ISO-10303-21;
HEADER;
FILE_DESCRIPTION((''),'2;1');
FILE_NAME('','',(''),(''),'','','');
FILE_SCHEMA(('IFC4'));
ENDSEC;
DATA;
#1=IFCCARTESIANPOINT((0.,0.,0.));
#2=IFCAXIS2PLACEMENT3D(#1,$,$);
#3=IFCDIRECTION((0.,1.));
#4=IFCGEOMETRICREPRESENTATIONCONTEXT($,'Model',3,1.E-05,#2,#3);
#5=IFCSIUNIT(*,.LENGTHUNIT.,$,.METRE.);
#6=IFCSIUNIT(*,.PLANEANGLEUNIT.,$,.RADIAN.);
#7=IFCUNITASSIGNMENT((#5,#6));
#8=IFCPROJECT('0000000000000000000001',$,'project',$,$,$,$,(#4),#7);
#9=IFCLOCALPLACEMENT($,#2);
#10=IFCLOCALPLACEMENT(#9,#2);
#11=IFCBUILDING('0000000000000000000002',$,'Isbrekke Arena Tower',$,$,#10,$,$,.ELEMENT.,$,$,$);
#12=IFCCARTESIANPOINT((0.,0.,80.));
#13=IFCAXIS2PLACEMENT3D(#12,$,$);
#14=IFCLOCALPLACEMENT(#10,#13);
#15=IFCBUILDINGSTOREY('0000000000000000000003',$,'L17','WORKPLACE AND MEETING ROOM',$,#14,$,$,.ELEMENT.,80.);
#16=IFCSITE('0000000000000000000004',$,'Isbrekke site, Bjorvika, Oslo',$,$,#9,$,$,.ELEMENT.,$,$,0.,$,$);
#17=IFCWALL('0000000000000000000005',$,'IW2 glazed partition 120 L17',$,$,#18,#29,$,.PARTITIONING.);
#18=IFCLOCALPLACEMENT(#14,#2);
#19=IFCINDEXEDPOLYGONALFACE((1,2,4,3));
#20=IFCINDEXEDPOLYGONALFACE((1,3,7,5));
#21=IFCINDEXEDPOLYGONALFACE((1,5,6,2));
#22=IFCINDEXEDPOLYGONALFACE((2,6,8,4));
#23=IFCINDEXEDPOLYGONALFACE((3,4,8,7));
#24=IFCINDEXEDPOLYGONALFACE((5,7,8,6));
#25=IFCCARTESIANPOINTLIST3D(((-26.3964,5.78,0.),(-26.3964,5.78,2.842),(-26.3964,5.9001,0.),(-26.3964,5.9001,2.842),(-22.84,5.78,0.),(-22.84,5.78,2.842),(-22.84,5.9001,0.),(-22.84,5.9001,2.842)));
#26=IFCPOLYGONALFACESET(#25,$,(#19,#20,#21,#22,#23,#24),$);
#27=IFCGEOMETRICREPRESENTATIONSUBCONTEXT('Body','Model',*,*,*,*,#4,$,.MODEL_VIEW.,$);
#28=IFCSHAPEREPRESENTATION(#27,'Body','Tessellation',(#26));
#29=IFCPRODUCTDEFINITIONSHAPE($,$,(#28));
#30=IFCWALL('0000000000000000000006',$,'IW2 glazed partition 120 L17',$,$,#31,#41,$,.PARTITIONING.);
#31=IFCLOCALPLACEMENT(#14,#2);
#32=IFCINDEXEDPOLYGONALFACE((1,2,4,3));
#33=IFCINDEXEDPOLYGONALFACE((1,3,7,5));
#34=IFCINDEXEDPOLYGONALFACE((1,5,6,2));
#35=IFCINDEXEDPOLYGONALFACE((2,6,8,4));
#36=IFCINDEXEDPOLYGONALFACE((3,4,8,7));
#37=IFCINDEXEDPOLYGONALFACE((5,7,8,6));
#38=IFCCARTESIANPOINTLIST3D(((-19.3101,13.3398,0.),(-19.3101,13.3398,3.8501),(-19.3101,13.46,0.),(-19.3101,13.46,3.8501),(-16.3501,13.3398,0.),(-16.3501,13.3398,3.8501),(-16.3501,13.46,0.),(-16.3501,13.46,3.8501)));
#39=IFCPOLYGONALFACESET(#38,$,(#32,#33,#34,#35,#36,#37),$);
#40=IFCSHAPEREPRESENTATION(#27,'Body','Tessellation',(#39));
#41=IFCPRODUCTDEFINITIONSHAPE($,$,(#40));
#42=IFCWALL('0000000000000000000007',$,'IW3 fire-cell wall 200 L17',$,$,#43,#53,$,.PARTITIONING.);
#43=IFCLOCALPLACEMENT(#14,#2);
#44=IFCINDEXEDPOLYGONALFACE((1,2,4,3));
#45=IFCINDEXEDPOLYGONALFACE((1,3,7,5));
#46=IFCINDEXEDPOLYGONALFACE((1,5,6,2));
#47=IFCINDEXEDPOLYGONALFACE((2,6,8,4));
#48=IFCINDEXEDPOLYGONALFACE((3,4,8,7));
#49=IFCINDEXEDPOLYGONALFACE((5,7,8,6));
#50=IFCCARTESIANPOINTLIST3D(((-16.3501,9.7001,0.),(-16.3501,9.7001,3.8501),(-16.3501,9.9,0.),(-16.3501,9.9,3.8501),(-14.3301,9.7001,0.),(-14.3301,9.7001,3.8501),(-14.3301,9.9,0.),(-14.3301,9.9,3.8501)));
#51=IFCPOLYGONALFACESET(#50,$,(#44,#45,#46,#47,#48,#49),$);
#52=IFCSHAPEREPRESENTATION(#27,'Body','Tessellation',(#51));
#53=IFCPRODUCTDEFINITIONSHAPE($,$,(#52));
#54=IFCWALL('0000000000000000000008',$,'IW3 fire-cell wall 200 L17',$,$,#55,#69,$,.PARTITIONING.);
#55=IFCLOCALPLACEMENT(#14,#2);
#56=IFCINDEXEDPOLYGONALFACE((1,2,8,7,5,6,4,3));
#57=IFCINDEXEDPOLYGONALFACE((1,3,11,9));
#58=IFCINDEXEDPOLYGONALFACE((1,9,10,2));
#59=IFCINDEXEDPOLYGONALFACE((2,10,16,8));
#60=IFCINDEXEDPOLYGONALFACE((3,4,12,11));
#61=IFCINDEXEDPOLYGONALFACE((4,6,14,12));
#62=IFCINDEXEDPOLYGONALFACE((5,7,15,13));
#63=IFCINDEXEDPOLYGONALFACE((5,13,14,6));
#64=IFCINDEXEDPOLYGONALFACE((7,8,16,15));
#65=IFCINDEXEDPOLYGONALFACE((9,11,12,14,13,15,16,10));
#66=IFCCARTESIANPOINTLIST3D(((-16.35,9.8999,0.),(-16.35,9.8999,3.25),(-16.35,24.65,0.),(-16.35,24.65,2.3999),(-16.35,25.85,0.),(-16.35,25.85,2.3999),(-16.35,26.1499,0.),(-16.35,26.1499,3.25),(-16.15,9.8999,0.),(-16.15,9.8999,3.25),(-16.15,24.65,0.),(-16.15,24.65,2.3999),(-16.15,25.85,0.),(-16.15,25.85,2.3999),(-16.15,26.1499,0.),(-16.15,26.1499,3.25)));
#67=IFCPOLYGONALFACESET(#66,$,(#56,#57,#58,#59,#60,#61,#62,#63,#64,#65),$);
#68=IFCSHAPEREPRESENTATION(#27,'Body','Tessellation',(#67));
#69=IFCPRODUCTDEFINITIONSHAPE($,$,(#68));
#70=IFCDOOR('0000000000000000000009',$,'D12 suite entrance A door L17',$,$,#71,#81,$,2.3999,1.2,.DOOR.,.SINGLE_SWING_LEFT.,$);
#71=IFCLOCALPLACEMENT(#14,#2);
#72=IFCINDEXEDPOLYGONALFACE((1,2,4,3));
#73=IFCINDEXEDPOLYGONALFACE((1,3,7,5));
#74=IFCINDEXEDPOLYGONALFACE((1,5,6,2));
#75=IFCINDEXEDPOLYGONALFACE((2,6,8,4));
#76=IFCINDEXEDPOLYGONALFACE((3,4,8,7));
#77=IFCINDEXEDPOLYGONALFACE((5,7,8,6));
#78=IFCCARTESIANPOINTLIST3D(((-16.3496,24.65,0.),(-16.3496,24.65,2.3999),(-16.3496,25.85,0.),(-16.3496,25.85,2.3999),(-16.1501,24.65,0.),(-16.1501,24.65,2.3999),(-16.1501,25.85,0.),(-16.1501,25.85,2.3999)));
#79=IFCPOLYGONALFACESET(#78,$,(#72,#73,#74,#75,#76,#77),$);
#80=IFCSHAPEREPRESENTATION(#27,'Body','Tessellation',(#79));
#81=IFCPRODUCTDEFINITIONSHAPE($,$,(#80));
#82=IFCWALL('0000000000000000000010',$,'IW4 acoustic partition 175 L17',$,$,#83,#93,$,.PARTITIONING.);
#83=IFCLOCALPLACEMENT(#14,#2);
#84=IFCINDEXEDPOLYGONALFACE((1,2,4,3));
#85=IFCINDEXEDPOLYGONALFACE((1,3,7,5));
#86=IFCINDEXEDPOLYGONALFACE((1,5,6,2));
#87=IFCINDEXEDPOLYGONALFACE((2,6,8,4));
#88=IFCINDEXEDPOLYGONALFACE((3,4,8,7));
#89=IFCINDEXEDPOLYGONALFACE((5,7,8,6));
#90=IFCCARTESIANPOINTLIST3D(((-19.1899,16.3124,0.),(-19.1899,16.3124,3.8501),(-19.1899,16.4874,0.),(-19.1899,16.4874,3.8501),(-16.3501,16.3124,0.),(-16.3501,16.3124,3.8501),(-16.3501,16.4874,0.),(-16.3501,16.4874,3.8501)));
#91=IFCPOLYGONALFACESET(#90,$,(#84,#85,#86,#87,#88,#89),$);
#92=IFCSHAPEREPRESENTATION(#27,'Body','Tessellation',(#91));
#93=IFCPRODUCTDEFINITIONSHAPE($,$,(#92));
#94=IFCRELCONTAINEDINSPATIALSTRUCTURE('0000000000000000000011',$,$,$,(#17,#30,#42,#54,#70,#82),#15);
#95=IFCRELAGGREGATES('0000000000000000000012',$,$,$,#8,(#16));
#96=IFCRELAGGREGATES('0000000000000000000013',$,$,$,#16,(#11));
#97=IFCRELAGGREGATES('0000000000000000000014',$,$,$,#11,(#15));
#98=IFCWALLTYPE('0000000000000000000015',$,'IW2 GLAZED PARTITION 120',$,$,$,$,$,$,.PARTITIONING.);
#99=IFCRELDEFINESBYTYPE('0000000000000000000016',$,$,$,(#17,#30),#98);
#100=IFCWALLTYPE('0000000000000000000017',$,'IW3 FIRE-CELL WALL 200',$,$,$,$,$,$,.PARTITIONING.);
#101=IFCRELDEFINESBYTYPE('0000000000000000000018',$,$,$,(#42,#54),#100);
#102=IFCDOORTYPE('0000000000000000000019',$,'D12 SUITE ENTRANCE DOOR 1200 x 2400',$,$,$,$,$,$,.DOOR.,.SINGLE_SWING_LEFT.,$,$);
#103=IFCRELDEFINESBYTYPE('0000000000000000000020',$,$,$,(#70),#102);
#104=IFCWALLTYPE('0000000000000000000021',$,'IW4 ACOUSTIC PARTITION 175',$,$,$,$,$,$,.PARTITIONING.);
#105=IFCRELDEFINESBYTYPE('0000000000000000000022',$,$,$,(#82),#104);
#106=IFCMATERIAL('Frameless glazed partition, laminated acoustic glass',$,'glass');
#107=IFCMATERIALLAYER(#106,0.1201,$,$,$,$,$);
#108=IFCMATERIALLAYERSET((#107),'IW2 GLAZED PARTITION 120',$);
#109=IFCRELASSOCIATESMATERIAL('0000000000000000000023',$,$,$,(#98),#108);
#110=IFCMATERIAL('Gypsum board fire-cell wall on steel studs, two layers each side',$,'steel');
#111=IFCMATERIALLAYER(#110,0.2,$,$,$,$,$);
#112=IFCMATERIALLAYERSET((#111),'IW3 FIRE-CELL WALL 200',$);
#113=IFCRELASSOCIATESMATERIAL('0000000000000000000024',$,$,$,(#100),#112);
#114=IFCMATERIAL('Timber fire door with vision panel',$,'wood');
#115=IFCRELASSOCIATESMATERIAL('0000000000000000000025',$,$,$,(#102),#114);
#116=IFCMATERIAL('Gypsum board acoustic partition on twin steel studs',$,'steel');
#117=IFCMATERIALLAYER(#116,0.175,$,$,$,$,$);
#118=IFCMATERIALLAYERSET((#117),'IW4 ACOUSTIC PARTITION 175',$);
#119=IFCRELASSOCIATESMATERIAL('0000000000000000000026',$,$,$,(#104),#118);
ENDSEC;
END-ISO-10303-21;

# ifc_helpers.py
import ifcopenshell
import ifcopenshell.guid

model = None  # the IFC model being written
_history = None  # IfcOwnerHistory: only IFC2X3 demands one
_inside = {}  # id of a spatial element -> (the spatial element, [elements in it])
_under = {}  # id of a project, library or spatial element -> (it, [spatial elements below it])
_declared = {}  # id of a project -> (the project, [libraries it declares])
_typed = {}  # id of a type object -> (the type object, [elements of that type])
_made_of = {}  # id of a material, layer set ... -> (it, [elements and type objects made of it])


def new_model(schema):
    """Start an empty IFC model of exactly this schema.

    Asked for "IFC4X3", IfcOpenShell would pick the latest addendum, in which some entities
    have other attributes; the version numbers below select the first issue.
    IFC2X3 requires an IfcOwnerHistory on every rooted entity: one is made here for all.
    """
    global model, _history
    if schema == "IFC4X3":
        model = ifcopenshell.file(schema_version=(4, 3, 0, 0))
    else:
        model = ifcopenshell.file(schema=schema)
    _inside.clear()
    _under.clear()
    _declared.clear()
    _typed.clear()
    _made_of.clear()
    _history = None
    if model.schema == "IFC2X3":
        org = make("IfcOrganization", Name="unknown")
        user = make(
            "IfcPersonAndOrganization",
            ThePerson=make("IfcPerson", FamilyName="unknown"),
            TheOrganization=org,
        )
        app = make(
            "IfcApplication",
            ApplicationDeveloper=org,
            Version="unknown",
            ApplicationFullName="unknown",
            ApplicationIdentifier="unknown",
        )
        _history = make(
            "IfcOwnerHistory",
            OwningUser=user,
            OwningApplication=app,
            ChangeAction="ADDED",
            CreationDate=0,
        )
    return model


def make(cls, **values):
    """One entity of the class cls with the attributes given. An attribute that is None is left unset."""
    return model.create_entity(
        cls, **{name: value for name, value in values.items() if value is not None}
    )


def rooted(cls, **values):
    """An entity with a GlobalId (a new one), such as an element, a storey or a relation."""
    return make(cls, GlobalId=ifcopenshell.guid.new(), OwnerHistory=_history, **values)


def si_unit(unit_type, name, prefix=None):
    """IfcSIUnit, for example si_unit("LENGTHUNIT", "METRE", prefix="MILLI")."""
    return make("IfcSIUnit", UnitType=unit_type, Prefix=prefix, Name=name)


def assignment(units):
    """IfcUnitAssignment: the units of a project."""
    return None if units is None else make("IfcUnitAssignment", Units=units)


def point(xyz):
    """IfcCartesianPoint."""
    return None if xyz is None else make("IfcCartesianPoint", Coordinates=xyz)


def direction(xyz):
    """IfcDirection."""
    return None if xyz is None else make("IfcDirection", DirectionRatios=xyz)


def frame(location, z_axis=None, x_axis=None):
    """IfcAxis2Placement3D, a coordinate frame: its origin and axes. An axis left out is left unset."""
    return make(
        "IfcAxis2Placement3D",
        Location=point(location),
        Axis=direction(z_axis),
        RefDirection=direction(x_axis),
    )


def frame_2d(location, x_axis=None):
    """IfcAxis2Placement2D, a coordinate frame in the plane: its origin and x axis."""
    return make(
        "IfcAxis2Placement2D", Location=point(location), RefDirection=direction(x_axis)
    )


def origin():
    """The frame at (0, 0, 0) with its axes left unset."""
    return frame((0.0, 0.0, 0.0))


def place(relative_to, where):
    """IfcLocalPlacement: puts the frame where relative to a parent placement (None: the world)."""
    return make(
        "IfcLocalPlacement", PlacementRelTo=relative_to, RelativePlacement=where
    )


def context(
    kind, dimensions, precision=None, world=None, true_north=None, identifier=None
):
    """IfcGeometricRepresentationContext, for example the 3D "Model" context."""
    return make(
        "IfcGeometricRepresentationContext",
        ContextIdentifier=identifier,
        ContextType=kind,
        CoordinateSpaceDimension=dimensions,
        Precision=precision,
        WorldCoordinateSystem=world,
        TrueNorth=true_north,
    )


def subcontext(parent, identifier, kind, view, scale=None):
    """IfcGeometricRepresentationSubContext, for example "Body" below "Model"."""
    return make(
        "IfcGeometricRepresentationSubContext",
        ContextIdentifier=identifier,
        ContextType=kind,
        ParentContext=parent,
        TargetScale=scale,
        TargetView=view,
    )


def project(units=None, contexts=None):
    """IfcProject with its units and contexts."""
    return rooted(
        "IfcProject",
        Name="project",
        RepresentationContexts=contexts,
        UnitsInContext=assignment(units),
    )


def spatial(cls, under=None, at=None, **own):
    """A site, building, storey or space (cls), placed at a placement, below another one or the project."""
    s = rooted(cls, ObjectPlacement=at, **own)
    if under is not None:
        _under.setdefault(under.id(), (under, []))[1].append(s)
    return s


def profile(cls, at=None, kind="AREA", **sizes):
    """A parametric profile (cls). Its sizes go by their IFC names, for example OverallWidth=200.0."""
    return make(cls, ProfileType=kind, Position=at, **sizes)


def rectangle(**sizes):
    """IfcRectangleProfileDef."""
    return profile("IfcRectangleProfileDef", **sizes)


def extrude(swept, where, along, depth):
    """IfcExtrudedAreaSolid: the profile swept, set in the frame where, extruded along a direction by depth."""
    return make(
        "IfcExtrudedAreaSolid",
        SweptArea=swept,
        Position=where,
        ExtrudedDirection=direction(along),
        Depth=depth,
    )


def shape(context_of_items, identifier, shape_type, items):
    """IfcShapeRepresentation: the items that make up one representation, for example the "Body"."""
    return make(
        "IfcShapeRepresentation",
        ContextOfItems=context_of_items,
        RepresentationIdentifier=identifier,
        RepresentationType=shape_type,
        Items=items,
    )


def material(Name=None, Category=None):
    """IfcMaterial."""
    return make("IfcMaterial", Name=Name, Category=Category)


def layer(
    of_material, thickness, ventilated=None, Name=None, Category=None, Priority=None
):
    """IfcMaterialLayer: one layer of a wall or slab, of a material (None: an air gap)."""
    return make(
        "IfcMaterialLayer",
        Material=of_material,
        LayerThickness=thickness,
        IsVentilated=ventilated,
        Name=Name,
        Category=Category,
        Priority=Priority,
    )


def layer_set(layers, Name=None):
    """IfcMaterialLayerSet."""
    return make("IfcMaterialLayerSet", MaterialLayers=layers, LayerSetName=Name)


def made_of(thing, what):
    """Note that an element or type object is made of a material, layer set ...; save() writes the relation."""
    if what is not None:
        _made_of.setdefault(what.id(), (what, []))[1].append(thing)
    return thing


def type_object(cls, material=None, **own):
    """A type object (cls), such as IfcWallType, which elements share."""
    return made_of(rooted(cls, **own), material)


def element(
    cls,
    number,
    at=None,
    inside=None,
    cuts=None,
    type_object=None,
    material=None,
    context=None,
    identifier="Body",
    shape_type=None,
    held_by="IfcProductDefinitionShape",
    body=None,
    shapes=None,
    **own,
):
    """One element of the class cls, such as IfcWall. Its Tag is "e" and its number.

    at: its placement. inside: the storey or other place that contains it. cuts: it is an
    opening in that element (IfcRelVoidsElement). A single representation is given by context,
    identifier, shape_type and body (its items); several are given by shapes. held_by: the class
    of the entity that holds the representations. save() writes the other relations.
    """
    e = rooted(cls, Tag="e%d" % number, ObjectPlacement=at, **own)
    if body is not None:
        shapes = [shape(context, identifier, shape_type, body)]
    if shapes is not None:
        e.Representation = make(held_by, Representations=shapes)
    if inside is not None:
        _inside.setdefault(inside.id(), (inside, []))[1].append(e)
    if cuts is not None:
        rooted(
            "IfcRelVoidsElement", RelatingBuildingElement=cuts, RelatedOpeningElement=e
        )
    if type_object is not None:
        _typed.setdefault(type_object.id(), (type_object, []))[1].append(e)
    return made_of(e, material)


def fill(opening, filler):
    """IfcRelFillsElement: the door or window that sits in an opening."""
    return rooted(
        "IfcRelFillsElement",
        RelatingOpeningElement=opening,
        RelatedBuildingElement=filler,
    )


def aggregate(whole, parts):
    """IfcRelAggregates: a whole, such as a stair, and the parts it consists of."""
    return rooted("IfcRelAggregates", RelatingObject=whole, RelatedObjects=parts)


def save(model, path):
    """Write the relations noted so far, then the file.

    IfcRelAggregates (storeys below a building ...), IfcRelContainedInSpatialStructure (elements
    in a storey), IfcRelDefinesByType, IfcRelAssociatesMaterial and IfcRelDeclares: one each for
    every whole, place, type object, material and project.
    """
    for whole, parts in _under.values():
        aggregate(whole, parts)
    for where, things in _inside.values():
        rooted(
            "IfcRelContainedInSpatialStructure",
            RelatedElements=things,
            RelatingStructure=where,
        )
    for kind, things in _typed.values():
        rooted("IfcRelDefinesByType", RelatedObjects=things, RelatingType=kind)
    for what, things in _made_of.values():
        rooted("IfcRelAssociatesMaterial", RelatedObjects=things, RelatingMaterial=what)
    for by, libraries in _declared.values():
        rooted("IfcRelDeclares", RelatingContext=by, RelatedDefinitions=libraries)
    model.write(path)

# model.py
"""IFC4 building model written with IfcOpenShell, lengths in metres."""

from ifc_helpers import new_model, si_unit, direction, frame, frame_2d, origin, place, context, subcontext, project, spatial, rectangle, extrude, material, layer, layer_set, type_object, element, fill, save


model = new_model("IFC4")

# Units and contexts
model_context = context("Model", 3, precision=1e-05, world=origin(), true_north=direction((0.0, 1.0)))
body_context = subcontext(model_context, "Body", "Model", "MODEL_VIEW")
ifc_project = project(units=[si_unit("LENGTHUNIT", "METRE"), si_unit("PLANEANGLEUNIT", "RADIAN")], contexts=[model_context])

# Site, building, storey
site_placement = place(None, origin())
site = spatial("IfcSite", under=ifc_project, at=site_placement, Name="Isbrekke site, Bjorvika, Oslo", CompositionType="ELEMENT", RefElevation=0.0)
building_placement = place(site_placement, origin())
building = spatial("IfcBuilding", under=site, at=building_placement, Name="Isbrekke Arena Tower", CompositionType="ELEMENT")
storey_placement = place(building_placement, frame((0.0, 0.0, 80.0)))
storey = spatial("IfcBuildingStorey", under=building, at=storey_placement, Name="L17", Description="WORKPLACE AND MEETING ROOM", CompositionType="ELEMENT", Elevation=80.0)

# Walls
ifc_material_1 = material(Name="Frameless glazed partition, laminated acoustic glass", Category="glass")
ifc_layer_1 = layer(ifc_material_1, 0.1201)
ifc_layer_set_1 = layer_set([ifc_layer_1], Name="IW2 GLAZED PARTITION 120")
wall_type_1 = type_object("IfcWallType", Name="IW2 GLAZED PARTITION 120", PredefinedType="PARTITIONING", material=ifc_layer_set_1)
wall_1_placement = place(storey_placement, frame((-26.3965, 5.8401, 0.0), z_axis=(0.0, 0.0, 1.0), x_axis=(1.0, 0.0, 0.0)))
element("IfcWall", 1, at=wall_1_placement, inside=storey, type_object=wall_type_1, Name="IW2 glazed partition 120 L17", PredefinedType="PARTITIONING", context=body_context, shape_type="SweptSolid", body=[
    extrude(rectangle(XDim=3.5564, YDim=0.1201, at=frame_2d((1.7783, 0.0))), origin(), (0.0, 0.0, 1.0), 2.842),
])
wall_2_placement = place(storey_placement, frame((-19.3101, 13.3999, 0.0), z_axis=(0.0, 0.0, 1.0), x_axis=(1.0, 0.0, 0.0)))
element("IfcWall", 2, at=wall_2_placement, inside=storey, type_object=wall_type_1, Name="IW2 glazed partition 120 L17", PredefinedType="PARTITIONING", context=body_context, shape_type="SweptSolid", body=[
    extrude(rectangle(XDim=2.96, YDim=0.1201, at=frame_2d((1.48, 0.0))), origin(), (0.0, 0.0, 1.0), 3.8501),
])

# Wall
ifc_material_2 = material(Name="Gypsum board fire-cell wall on steel studs, two layers each side", Category="steel")
ifc_layer_2 = layer(ifc_material_2, 0.2)
ifc_layer_set_2 = layer_set([ifc_layer_2], Name="IW3 FIRE-CELL WALL 200")
wall_type_2 = type_object("IfcWallType", Name="IW3 FIRE-CELL WALL 200", PredefinedType="PARTITIONING", material=ifc_layer_set_2)
wall_3_placement = place(storey_placement, frame((-16.3501, 9.8, 0.0), z_axis=(0.0, 0.0, 1.0), x_axis=(1.0, 0.0, 0.0)))
element("IfcWall", 3, at=wall_3_placement, inside=storey, type_object=wall_type_2, Name="IW3 fire-cell wall 200 L17", PredefinedType="PARTITIONING", context=body_context, shape_type="SweptSolid", body=[
    extrude(rectangle(XDim=2.02, YDim=0.2, at=frame_2d((1.01, 0.0))), origin(), (0.0, 0.0, 1.0), 3.8501),
])

# Wall, opening, door
wall_4_placement = place(storey_placement, frame((-16.25, 9.8999, 0.0), z_axis=(0.0, 0.0, 1.0), x_axis=(0.0, 1.0, 0.0)))
wall_4 = element("IfcWall", 4, at=wall_4_placement, inside=storey, type_object=wall_type_2, Name="IW3 fire-cell wall 200 L17", PredefinedType="PARTITIONING", context=body_context, shape_type="SweptSolid", body=[
    extrude(rectangle(XDim=16.25, YDim=0.2, at=frame_2d((8.125, 0.0))), origin(), (0.0, 0.0, 1.0), 3.25),
])
opening_1_placement = place(wall_4_placement, frame((14.75, 0.0, 0.0)))
opening_1 = element("IfcOpeningElement", 5, at=opening_1_placement, cuts=wall_4, PredefinedType="OPENING", context=body_context, shape_type="SweptSolid", body=[
    extrude(rectangle(XDim=1.2, YDim=2.3999, at=frame_2d((0.6001, 1.2))), frame((0.0, 0.1147, 0.0), z_axis=(0.0, -1.0, 0.0), x_axis=(1.0, 0.0, 0.0)), (0.0, 0.0, 1.0), 0.2297),
])
ifc_material_3 = material(Name="Timber fire door with vision panel", Category="wood")
door_type_1 = type_object("IfcDoorType", Name="D12 SUITE ENTRANCE DOOR 1200 x 2400", OperationType="SINGLE_SWING_LEFT", PredefinedType="DOOR", material=ifc_material_3)
door_1_placement = place(opening_1_placement, origin())
door_1 = element("IfcDoor", 6, at=door_1_placement, inside=storey, type_object=door_type_1, Name="D12 suite entrance A door L17", OperationType="SINGLE_SWING_LEFT", OverallHeight=2.3999, OverallWidth=1.2, PredefinedType="DOOR", context=body_context, shape_type="SweptSolid", body=[
    extrude(rectangle(XDim=1.2, YDim=2.3999, at=frame_2d((0.6001, 1.2))), frame((0.0, 0.0996, 0.0), z_axis=(0.0, -1.0, 0.0), x_axis=(1.0, 0.0, 0.0)), (0.0, 0.0, 1.0), 0.1995),
])
fill(opening_1, door_1)

# Wall
ifc_material_4 = material(Name="Gypsum board acoustic partition on twin steel studs", Category="steel")
ifc_layer_3 = layer(ifc_material_4, 0.175)
ifc_layer_set_3 = layer_set([ifc_layer_3], Name="IW4 ACOUSTIC PARTITION 175")
wall_type_3 = type_object("IfcWallType", Name="IW4 ACOUSTIC PARTITION 175", PredefinedType="PARTITIONING", material=ifc_layer_set_3)
wall_5_placement = place(storey_placement, frame((-19.1899, 16.3999, 0.0), z_axis=(0.0, 0.0, 1.0), x_axis=(1.0, 0.0, 0.0)))
element("IfcWall", 7, at=wall_5_placement, inside=storey, type_object=wall_type_3, Name="IW4 acoustic partition 175 L17", PredefinedType="PARTITIONING", context=body_context, shape_type="SweptSolid", body=[
    extrude(rectangle(XDim=2.8398, YDim=0.175, at=frame_2d((1.4199, 0.0))), origin(), (0.0, 0.0, 1.0), 3.8501),
])

save(model, "model.ifc")
